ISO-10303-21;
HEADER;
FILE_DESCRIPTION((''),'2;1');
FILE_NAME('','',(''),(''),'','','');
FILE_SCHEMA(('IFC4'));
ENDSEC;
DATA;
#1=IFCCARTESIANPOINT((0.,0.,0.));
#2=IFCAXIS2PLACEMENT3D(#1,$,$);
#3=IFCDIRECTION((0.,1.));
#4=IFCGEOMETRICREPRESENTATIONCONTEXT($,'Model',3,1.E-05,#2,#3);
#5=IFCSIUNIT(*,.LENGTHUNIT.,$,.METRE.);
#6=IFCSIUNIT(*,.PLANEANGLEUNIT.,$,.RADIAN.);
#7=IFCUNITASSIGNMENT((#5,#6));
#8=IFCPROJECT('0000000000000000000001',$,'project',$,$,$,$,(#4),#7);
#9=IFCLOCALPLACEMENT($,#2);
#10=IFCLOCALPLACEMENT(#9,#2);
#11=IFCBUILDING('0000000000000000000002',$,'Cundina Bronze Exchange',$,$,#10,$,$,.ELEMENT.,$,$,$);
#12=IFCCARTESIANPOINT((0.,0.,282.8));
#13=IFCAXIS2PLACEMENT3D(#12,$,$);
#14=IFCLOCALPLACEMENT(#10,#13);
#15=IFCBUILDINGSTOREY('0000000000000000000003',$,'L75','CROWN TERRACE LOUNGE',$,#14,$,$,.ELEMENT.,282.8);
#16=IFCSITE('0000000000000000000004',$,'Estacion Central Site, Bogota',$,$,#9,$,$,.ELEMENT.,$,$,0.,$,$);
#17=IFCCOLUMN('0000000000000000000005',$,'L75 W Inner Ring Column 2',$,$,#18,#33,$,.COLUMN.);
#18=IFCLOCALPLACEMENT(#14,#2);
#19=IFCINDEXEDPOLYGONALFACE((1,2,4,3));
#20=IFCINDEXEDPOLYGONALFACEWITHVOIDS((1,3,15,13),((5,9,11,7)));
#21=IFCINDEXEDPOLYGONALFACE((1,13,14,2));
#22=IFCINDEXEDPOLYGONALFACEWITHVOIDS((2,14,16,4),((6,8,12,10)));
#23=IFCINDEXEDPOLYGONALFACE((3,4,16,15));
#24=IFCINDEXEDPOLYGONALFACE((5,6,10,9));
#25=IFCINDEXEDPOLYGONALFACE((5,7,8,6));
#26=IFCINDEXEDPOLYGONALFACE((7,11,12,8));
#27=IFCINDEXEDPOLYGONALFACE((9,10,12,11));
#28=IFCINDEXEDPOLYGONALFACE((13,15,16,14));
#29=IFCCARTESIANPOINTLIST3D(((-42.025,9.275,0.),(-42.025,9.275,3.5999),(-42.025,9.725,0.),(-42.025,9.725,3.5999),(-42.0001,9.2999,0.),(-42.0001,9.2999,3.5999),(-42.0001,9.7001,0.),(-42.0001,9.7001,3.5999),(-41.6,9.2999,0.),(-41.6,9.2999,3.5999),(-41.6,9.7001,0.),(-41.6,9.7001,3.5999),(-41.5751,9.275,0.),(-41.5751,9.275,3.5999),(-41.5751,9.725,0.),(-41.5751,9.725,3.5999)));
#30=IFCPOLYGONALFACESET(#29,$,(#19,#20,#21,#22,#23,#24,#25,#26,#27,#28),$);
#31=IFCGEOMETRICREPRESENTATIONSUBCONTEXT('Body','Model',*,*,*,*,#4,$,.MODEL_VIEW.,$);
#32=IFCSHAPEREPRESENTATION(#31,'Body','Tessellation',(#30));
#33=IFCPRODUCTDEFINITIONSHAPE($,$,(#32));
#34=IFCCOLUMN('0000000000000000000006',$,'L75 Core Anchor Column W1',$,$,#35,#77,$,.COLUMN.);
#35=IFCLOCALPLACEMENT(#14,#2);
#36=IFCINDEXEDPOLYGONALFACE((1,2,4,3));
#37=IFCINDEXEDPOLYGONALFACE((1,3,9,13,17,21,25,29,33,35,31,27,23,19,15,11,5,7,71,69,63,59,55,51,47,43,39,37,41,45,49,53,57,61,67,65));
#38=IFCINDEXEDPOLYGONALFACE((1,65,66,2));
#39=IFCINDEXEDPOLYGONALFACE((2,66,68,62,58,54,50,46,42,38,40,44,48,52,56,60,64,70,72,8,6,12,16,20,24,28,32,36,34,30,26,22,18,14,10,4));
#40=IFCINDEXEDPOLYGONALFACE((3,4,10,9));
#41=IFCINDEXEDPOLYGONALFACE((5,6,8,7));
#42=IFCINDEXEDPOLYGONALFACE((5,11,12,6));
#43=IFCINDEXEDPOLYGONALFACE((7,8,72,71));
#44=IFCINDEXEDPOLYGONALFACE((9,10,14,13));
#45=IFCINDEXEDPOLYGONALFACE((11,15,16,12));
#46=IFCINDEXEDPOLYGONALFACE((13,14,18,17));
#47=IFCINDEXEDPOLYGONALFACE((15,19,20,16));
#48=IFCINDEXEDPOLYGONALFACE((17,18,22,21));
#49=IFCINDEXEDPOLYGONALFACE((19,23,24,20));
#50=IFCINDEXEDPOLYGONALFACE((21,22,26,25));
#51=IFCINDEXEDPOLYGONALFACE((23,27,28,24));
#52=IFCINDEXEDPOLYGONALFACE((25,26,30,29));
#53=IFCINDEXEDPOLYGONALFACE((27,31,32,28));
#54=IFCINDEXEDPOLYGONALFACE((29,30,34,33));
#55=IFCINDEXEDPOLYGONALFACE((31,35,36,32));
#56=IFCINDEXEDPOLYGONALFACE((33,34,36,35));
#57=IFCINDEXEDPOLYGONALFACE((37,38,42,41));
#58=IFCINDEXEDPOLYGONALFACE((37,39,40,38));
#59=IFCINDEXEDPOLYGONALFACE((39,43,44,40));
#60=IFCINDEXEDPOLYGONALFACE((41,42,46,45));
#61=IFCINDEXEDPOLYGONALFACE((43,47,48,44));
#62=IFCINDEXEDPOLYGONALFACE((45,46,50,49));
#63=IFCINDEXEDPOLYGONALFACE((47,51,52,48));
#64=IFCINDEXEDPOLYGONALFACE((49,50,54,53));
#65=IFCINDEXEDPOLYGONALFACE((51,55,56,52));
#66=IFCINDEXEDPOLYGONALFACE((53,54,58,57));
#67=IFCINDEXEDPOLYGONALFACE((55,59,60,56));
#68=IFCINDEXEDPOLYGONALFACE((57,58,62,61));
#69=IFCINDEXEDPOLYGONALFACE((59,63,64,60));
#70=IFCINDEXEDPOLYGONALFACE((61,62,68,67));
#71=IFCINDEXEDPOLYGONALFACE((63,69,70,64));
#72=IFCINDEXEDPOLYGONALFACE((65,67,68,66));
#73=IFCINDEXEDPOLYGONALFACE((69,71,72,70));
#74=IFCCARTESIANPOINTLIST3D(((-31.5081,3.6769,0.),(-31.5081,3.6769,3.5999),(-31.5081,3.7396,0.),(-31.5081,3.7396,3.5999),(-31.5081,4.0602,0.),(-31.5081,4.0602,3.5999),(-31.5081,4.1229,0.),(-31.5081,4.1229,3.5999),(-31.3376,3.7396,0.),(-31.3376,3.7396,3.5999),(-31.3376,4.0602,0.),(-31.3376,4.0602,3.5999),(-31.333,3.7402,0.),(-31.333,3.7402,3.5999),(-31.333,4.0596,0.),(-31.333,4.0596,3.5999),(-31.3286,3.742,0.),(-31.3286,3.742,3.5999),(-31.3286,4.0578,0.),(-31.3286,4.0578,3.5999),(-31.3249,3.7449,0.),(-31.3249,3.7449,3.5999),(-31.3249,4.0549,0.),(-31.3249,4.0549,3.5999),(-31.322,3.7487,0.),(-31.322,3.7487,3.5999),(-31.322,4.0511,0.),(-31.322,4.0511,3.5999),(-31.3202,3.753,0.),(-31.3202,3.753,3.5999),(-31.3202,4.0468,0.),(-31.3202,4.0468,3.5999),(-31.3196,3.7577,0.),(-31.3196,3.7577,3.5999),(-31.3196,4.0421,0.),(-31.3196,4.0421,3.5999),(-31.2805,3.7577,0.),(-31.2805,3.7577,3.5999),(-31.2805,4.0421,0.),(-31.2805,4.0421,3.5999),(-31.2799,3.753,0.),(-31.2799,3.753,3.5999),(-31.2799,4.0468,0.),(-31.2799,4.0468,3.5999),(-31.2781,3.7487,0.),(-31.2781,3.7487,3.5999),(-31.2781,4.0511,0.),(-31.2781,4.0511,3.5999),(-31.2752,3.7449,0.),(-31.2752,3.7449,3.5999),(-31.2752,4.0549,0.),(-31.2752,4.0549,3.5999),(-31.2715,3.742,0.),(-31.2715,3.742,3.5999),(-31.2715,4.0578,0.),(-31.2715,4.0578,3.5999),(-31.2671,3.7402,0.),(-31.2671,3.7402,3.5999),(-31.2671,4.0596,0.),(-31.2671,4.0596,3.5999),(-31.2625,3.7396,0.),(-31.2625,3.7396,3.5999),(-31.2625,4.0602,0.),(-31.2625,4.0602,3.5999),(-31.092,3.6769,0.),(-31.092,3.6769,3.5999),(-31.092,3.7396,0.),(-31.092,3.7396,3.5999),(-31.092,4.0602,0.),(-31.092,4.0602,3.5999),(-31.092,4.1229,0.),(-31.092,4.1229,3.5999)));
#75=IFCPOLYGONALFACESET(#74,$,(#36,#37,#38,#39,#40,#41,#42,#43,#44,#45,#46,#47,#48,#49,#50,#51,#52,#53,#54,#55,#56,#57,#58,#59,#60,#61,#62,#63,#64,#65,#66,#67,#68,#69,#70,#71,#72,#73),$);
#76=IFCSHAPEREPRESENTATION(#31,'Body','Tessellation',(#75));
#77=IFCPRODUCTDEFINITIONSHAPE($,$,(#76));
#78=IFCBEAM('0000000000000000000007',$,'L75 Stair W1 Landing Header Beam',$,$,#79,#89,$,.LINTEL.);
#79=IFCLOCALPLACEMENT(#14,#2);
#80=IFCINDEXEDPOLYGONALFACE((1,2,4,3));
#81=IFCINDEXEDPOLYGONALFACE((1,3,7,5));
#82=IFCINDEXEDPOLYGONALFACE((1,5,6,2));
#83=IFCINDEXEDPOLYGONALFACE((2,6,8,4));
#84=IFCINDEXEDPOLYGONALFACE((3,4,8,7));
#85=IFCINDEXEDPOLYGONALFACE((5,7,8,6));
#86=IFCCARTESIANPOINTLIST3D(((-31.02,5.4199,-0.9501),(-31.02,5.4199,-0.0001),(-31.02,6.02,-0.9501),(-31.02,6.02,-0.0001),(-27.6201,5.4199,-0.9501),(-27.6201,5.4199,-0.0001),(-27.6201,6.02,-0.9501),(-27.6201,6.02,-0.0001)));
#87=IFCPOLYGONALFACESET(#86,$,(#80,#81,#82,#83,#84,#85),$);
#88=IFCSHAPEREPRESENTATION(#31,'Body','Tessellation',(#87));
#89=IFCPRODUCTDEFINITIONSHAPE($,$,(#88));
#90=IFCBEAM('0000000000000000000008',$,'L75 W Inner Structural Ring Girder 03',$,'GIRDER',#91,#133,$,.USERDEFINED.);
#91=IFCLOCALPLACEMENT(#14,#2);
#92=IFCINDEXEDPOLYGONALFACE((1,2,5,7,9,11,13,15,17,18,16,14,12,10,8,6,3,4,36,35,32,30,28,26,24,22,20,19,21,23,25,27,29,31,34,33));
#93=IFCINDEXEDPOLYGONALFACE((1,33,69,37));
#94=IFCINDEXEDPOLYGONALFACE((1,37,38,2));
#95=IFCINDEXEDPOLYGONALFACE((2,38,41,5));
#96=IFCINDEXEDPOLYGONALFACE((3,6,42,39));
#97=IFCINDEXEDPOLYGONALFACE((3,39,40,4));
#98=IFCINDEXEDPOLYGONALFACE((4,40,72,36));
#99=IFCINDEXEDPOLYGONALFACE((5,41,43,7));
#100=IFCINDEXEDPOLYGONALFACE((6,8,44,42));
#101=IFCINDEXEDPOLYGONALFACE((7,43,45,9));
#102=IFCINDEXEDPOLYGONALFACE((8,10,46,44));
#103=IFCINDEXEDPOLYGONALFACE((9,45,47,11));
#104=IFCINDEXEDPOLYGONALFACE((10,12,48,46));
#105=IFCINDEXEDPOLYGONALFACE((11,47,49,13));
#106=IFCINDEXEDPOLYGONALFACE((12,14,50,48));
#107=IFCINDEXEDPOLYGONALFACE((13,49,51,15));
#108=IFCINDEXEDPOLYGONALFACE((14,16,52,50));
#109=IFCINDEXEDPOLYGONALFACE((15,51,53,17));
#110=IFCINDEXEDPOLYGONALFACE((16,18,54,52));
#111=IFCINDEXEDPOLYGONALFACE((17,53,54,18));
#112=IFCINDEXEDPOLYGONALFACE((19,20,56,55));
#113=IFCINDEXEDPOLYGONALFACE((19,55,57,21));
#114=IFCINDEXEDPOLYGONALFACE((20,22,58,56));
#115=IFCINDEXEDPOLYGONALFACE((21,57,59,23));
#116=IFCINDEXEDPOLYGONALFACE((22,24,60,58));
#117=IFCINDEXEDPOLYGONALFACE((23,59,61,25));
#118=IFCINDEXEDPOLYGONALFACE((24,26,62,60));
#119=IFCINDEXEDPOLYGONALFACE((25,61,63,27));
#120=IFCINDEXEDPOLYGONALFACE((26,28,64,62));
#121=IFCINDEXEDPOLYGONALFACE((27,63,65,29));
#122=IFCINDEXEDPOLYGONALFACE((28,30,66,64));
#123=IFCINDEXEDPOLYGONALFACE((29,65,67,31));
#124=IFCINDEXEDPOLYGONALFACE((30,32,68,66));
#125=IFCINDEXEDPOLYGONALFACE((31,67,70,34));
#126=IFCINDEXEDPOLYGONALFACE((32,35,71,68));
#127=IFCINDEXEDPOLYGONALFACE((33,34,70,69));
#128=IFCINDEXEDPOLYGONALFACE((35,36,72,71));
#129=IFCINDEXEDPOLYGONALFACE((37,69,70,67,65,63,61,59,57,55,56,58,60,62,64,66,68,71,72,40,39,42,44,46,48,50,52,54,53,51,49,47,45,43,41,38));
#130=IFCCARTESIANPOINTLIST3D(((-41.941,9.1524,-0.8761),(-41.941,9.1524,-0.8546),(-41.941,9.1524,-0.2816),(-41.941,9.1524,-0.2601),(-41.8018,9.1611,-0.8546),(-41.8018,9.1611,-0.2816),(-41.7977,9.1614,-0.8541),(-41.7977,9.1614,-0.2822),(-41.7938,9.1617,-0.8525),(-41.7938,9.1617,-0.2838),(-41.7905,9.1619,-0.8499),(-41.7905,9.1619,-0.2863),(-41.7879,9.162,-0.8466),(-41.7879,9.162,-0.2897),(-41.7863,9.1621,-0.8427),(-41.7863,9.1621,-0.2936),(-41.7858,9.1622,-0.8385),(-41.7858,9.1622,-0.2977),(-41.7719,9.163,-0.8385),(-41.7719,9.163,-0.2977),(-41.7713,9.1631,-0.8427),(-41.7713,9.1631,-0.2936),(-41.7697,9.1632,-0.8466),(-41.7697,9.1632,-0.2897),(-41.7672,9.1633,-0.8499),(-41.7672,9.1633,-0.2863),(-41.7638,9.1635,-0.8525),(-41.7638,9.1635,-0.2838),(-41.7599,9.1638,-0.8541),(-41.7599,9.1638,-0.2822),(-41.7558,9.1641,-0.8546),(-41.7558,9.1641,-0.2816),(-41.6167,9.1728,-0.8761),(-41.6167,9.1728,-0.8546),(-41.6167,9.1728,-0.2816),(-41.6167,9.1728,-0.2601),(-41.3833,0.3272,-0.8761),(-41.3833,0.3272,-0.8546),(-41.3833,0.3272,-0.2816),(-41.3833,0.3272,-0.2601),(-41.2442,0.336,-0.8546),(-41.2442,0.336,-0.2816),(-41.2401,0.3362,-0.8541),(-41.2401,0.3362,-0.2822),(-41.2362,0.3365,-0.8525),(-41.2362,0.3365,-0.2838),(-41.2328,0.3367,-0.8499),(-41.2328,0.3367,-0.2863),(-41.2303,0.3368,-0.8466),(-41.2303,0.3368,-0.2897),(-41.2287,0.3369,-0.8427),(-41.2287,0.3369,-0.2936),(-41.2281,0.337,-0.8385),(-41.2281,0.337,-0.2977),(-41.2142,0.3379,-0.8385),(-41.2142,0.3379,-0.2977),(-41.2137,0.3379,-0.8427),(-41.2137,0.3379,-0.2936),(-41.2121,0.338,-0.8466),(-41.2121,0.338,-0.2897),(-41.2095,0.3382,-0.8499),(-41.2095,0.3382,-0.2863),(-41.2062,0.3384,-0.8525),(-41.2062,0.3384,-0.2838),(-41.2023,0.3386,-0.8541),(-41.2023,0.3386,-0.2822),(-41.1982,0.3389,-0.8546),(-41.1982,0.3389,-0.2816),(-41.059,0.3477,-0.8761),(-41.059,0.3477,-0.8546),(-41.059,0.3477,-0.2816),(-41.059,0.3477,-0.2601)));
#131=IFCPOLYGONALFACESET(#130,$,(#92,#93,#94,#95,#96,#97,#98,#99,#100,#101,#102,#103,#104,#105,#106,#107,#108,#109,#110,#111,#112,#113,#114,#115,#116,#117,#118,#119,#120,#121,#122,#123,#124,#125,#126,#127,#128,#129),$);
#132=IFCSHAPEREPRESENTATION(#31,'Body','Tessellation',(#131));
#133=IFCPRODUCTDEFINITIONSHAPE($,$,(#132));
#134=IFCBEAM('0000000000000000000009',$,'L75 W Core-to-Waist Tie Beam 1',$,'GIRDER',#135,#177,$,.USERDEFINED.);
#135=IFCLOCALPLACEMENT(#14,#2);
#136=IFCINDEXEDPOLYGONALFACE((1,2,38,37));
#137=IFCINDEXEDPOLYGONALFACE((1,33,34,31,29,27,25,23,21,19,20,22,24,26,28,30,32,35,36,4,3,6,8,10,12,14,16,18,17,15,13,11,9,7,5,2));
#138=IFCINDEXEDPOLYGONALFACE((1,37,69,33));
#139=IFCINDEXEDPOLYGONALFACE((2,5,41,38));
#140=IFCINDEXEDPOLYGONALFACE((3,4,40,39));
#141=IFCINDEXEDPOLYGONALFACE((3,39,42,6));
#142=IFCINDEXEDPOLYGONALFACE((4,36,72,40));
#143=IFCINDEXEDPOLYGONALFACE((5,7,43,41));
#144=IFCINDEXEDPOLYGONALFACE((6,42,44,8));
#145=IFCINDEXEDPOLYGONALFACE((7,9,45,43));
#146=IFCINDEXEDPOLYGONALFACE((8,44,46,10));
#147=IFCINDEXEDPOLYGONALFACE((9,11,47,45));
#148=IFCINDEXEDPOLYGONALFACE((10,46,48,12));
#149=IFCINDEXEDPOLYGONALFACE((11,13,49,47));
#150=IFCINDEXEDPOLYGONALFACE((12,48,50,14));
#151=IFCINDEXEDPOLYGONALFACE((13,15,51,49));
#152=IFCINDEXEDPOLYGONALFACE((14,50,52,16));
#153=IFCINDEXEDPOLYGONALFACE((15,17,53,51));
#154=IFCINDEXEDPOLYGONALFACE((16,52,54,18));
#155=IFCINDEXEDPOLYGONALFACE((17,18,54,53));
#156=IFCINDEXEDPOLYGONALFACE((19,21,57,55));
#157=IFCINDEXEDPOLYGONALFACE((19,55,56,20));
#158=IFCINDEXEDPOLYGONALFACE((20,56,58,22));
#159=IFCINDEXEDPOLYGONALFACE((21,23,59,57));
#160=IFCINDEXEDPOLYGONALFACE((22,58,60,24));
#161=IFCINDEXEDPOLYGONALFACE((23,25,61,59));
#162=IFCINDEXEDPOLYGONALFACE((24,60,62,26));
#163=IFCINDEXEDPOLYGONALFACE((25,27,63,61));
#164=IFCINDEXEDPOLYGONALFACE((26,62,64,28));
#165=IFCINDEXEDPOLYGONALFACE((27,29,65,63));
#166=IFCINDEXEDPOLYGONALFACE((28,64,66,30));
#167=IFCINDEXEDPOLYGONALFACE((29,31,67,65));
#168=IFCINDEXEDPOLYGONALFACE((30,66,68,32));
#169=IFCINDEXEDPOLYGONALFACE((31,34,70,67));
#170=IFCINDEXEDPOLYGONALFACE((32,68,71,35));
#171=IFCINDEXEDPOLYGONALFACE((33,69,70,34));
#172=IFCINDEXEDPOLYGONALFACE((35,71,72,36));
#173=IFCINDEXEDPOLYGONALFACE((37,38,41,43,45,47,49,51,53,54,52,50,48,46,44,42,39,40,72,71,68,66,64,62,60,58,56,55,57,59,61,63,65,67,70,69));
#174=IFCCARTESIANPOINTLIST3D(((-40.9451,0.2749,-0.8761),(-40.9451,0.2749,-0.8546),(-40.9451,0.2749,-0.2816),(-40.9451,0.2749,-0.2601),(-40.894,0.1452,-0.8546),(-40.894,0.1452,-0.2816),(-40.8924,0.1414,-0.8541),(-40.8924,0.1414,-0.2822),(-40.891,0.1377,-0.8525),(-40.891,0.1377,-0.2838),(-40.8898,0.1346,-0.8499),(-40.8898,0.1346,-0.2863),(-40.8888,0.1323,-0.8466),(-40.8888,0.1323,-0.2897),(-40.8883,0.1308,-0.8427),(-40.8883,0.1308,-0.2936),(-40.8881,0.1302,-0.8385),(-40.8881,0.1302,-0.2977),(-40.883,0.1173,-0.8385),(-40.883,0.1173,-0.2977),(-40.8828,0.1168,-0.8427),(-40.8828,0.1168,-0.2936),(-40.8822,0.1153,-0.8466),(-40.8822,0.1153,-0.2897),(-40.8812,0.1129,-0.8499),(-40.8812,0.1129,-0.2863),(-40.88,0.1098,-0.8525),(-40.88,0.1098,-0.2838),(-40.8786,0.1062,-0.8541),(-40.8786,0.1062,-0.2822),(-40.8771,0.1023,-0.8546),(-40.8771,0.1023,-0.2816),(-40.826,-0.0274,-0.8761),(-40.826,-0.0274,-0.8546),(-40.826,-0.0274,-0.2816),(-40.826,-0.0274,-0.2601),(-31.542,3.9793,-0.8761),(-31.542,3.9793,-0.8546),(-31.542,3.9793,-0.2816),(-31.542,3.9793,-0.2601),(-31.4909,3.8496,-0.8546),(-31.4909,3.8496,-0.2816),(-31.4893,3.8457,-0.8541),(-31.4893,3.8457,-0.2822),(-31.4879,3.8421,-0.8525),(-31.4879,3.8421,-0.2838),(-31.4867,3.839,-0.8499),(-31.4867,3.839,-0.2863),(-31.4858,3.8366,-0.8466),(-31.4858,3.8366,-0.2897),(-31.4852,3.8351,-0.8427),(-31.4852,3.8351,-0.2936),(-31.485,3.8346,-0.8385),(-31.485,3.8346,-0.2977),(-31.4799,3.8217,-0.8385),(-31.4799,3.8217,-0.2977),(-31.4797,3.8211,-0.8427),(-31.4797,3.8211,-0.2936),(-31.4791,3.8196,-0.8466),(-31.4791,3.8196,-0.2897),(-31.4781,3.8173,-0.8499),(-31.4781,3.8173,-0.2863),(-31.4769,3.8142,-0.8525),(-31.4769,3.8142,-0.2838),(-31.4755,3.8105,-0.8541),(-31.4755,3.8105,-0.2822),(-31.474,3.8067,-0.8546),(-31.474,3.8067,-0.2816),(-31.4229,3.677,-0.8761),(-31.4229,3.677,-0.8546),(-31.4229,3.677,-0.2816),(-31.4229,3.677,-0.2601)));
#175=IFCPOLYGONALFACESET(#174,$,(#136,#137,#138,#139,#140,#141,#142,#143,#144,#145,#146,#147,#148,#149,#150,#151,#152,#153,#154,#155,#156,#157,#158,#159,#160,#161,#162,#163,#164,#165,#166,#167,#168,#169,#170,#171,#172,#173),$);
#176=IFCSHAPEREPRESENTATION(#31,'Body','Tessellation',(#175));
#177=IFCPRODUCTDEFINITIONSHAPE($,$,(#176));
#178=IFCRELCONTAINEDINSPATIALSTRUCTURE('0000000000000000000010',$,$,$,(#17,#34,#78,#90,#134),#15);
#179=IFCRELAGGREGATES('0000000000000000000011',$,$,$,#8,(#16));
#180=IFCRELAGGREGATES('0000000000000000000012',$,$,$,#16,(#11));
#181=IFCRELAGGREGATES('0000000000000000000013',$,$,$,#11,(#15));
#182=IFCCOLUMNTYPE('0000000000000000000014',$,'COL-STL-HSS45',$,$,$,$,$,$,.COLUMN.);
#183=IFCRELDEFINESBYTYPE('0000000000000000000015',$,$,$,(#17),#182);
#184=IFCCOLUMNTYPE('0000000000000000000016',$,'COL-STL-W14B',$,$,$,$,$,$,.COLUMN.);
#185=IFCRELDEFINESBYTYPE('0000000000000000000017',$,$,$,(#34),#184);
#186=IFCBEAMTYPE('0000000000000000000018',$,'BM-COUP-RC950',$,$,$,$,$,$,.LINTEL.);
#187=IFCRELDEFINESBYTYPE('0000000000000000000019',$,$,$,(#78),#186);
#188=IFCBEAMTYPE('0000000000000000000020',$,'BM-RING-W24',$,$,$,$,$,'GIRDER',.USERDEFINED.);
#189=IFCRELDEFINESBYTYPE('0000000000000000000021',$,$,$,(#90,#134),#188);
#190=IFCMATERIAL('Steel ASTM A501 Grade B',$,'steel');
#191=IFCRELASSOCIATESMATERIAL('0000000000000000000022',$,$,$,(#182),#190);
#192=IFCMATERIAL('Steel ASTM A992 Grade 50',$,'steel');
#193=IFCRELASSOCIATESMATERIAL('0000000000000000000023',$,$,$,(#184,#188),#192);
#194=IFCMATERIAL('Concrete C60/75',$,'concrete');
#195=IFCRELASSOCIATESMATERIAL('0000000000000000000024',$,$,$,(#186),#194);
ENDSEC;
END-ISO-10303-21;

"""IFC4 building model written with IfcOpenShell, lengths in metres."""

from ifc_helpers import new_model, si_unit, direction, frame, origin, origin_2d, place, context, subcontext, project, spatial, rectangle, hollow_rectangle, i_section, extrude, material, material_profile, profile_set, type_object, element, save


model = new_model("IFC4")

# Units and contexts
model_context = context("Model", 3, precision=1e-05, world=origin(), true_north=direction((0.0, 1.0)))
body_context = subcontext(model_context, "Body", "Model", "MODEL_VIEW")
ifc_project = project(units=[si_unit("LENGTHUNIT", "METRE"), si_unit("PLANEANGLEUNIT", "RADIAN")], contexts=[model_context])

# Site, building, storey
site_placement = place(None, origin())
site = spatial("IfcSite", under=ifc_project, at=site_placement, Name="Estacion Central Site, Bogota", CompositionType="ELEMENT", RefElevation=0.0)
building_placement = place(site_placement, origin())
building = spatial("IfcBuilding", under=site, at=building_placement, Name="Cundina Bronze Exchange", CompositionType="ELEMENT")
storey_placement = place(building_placement, frame((0.0, 0.0, 282.8)))
storey = spatial("IfcBuildingStorey", under=building, at=storey_placement, Name="L75", Description="CROWN TERRACE LOUNGE", CompositionType="ELEMENT", Elevation=282.8)

# Columns
ifc_material_1 = material(Name="Steel ASTM A501 Grade B", Category="steel")
ifc_material_profile_1 = material_profile(ifc_material_1, hollow_rectangle(XDim=0.45, YDim=0.45, WallThickness=0.0249, at=origin_2d()), Name="HSS450X450X25", Category="steel")
ifc_profile_set_1 = profile_set([ifc_material_profile_1], Name="Steel ASTM A501 Grade B")
column_type_1 = type_object("IfcColumnType", Name="COL-STL-HSS45", PredefinedType="COLUMN", material=ifc_profile_set_1)
column_1_placement = place(storey_placement, frame((-41.8, 9.5, 0.0), z_axis=(0.0, 0.0, 1.0), x_axis=(1.0, 0.0, 0.0)))
element("IfcColumn", 1, at=column_1_placement, inside=storey, type_object=column_type_1, Name="L75 W Inner Ring Column 2", PredefinedType="COLUMN", context=body_context, shape_type="SweptSolid", body=[
    extrude(hollow_rectangle(XDim=0.45, YDim=0.45, WallThickness=0.0249, at=origin_2d()), origin(), (0.0, 0.0, 1.0), 3.5999),
])
ifc_material_2 = material(Name="Steel ASTM A992 Grade 50", Category="steel")
ifc_material_profile_2 = material_profile(ifc_material_2, i_section(OverallWidth=0.416, OverallDepth=0.446, WebThickness=0.0391, FlangeThickness=0.0627, FilletRadius=0.0181, at=origin_2d()), Name="W14X342", Category="steel")
ifc_profile_set_2 = profile_set([ifc_material_profile_2], Name="Steel ASTM A992 Grade 50")
column_type_2 = type_object("IfcColumnType", Name="COL-STL-W14B", PredefinedType="COLUMN", material=ifc_profile_set_2)
column_2_placement = place(storey_placement, frame((-31.3, 3.8999, 0.0), z_axis=(0.0, 0.0, 1.0), x_axis=(1.0, 0.0, 0.0)))
element("IfcColumn", 2, at=column_2_placement, inside=storey, type_object=column_type_2, Name="L75 Core Anchor Column W1", PredefinedType="COLUMN", context=body_context, shape_type="SweptSolid", body=[
    extrude(i_section(OverallWidth=0.416, OverallDepth=0.446, WebThickness=0.0391, FlangeThickness=0.0627, FilletRadius=0.0181, at=origin_2d()), origin(), (0.0, 0.0, 1.0), 3.5999),
])

# Beams
ifc_material_3 = material(Name="Concrete C60/75", Category="concrete")
ifc_material_profile_3 = material_profile(ifc_material_3, rectangle(XDim=0.6001, YDim=0.95, at=origin_2d()), Name="RC600X950", Category="concrete")
ifc_profile_set_3 = profile_set([ifc_material_profile_3], Name="Concrete C60/75")
beam_type_1 = type_object("IfcBeamType", Name="BM-COUP-RC950", PredefinedType="LINTEL", material=ifc_profile_set_3)
beam_1_placement = place(storey_placement, frame((-31.02, 5.72, -0.4751), z_axis=(1.0, 0.0, 0.0), x_axis=(0.0, 1.0, 0.0)))
element("IfcBeam", 3, at=beam_1_placement, inside=storey, type_object=beam_type_1, Name="L75 Stair W1 Landing Header Beam", PredefinedType="LINTEL", context=body_context, shape_type="SweptSolid", body=[
    extrude(rectangle(XDim=0.6001, YDim=0.95, at=origin_2d()), origin(), (0.0, 0.0, 1.0), 3.3999),
])
ifc_material_profile_4 = material_profile(ifc_material_2, i_section(OverallWidth=0.325, OverallDepth=0.616, WebThickness=0.0139, FlangeThickness=0.0215, FilletRadius=0.0161, at=origin_2d()), Name="W24X117", Category="steel")
ifc_profile_set_4 = profile_set([ifc_material_profile_4], Name="Steel ASTM A992 Grade 50")
beam_type_2 = type_object("IfcBeamType", Name="BM-RING-W24", ElementType="GIRDER", PredefinedType="USERDEFINED", material=ifc_profile_set_4)
beam_2_placement = place(storey_placement, frame((-41.7788, 9.1626, -0.5681), z_axis=(0.063059, -0.99801, 0.0), x_axis=(0.99801, 0.063059, 0.0)))
element("IfcBeam", 4, at=beam_2_placement, inside=storey, type_object=beam_type_2, Name="L75 W Inner Structural Ring Girder 03", ObjectType="GIRDER", PredefinedType="USERDEFINED", context=body_context, shape_type="SweptSolid", body=[
    extrude(i_section(OverallWidth=0.325, OverallDepth=0.616, WebThickness=0.0139, FlangeThickness=0.0215, FilletRadius=0.0161, at=origin_2d()), origin(), (0.0, 0.0, 1.0), 8.8428),
])
beam_3_placement = place(storey_placement, frame((-31.4824, 3.8281, -0.5681), z_axis=(-0.930405, -0.366533, 0.0), x_axis=(0.366533, -0.930405, 0.0)))
element("IfcBeam", 5, at=beam_3_placement, inside=storey, type_object=beam_type_2, Name="L75 W Core-to-Waist Tie Beam 1", ObjectType="GIRDER", PredefinedType="USERDEFINED", context=body_context, shape_type="SweptSolid", body=[
    extrude(i_section(OverallWidth=0.325, OverallDepth=0.616, WebThickness=0.0139, FlangeThickness=0.0215, FilletRadius=0.0161, at=origin_2d()), origin(), (0.0, 0.0, 1.0), 10.1064),
])

save(model, "model.ifc")
